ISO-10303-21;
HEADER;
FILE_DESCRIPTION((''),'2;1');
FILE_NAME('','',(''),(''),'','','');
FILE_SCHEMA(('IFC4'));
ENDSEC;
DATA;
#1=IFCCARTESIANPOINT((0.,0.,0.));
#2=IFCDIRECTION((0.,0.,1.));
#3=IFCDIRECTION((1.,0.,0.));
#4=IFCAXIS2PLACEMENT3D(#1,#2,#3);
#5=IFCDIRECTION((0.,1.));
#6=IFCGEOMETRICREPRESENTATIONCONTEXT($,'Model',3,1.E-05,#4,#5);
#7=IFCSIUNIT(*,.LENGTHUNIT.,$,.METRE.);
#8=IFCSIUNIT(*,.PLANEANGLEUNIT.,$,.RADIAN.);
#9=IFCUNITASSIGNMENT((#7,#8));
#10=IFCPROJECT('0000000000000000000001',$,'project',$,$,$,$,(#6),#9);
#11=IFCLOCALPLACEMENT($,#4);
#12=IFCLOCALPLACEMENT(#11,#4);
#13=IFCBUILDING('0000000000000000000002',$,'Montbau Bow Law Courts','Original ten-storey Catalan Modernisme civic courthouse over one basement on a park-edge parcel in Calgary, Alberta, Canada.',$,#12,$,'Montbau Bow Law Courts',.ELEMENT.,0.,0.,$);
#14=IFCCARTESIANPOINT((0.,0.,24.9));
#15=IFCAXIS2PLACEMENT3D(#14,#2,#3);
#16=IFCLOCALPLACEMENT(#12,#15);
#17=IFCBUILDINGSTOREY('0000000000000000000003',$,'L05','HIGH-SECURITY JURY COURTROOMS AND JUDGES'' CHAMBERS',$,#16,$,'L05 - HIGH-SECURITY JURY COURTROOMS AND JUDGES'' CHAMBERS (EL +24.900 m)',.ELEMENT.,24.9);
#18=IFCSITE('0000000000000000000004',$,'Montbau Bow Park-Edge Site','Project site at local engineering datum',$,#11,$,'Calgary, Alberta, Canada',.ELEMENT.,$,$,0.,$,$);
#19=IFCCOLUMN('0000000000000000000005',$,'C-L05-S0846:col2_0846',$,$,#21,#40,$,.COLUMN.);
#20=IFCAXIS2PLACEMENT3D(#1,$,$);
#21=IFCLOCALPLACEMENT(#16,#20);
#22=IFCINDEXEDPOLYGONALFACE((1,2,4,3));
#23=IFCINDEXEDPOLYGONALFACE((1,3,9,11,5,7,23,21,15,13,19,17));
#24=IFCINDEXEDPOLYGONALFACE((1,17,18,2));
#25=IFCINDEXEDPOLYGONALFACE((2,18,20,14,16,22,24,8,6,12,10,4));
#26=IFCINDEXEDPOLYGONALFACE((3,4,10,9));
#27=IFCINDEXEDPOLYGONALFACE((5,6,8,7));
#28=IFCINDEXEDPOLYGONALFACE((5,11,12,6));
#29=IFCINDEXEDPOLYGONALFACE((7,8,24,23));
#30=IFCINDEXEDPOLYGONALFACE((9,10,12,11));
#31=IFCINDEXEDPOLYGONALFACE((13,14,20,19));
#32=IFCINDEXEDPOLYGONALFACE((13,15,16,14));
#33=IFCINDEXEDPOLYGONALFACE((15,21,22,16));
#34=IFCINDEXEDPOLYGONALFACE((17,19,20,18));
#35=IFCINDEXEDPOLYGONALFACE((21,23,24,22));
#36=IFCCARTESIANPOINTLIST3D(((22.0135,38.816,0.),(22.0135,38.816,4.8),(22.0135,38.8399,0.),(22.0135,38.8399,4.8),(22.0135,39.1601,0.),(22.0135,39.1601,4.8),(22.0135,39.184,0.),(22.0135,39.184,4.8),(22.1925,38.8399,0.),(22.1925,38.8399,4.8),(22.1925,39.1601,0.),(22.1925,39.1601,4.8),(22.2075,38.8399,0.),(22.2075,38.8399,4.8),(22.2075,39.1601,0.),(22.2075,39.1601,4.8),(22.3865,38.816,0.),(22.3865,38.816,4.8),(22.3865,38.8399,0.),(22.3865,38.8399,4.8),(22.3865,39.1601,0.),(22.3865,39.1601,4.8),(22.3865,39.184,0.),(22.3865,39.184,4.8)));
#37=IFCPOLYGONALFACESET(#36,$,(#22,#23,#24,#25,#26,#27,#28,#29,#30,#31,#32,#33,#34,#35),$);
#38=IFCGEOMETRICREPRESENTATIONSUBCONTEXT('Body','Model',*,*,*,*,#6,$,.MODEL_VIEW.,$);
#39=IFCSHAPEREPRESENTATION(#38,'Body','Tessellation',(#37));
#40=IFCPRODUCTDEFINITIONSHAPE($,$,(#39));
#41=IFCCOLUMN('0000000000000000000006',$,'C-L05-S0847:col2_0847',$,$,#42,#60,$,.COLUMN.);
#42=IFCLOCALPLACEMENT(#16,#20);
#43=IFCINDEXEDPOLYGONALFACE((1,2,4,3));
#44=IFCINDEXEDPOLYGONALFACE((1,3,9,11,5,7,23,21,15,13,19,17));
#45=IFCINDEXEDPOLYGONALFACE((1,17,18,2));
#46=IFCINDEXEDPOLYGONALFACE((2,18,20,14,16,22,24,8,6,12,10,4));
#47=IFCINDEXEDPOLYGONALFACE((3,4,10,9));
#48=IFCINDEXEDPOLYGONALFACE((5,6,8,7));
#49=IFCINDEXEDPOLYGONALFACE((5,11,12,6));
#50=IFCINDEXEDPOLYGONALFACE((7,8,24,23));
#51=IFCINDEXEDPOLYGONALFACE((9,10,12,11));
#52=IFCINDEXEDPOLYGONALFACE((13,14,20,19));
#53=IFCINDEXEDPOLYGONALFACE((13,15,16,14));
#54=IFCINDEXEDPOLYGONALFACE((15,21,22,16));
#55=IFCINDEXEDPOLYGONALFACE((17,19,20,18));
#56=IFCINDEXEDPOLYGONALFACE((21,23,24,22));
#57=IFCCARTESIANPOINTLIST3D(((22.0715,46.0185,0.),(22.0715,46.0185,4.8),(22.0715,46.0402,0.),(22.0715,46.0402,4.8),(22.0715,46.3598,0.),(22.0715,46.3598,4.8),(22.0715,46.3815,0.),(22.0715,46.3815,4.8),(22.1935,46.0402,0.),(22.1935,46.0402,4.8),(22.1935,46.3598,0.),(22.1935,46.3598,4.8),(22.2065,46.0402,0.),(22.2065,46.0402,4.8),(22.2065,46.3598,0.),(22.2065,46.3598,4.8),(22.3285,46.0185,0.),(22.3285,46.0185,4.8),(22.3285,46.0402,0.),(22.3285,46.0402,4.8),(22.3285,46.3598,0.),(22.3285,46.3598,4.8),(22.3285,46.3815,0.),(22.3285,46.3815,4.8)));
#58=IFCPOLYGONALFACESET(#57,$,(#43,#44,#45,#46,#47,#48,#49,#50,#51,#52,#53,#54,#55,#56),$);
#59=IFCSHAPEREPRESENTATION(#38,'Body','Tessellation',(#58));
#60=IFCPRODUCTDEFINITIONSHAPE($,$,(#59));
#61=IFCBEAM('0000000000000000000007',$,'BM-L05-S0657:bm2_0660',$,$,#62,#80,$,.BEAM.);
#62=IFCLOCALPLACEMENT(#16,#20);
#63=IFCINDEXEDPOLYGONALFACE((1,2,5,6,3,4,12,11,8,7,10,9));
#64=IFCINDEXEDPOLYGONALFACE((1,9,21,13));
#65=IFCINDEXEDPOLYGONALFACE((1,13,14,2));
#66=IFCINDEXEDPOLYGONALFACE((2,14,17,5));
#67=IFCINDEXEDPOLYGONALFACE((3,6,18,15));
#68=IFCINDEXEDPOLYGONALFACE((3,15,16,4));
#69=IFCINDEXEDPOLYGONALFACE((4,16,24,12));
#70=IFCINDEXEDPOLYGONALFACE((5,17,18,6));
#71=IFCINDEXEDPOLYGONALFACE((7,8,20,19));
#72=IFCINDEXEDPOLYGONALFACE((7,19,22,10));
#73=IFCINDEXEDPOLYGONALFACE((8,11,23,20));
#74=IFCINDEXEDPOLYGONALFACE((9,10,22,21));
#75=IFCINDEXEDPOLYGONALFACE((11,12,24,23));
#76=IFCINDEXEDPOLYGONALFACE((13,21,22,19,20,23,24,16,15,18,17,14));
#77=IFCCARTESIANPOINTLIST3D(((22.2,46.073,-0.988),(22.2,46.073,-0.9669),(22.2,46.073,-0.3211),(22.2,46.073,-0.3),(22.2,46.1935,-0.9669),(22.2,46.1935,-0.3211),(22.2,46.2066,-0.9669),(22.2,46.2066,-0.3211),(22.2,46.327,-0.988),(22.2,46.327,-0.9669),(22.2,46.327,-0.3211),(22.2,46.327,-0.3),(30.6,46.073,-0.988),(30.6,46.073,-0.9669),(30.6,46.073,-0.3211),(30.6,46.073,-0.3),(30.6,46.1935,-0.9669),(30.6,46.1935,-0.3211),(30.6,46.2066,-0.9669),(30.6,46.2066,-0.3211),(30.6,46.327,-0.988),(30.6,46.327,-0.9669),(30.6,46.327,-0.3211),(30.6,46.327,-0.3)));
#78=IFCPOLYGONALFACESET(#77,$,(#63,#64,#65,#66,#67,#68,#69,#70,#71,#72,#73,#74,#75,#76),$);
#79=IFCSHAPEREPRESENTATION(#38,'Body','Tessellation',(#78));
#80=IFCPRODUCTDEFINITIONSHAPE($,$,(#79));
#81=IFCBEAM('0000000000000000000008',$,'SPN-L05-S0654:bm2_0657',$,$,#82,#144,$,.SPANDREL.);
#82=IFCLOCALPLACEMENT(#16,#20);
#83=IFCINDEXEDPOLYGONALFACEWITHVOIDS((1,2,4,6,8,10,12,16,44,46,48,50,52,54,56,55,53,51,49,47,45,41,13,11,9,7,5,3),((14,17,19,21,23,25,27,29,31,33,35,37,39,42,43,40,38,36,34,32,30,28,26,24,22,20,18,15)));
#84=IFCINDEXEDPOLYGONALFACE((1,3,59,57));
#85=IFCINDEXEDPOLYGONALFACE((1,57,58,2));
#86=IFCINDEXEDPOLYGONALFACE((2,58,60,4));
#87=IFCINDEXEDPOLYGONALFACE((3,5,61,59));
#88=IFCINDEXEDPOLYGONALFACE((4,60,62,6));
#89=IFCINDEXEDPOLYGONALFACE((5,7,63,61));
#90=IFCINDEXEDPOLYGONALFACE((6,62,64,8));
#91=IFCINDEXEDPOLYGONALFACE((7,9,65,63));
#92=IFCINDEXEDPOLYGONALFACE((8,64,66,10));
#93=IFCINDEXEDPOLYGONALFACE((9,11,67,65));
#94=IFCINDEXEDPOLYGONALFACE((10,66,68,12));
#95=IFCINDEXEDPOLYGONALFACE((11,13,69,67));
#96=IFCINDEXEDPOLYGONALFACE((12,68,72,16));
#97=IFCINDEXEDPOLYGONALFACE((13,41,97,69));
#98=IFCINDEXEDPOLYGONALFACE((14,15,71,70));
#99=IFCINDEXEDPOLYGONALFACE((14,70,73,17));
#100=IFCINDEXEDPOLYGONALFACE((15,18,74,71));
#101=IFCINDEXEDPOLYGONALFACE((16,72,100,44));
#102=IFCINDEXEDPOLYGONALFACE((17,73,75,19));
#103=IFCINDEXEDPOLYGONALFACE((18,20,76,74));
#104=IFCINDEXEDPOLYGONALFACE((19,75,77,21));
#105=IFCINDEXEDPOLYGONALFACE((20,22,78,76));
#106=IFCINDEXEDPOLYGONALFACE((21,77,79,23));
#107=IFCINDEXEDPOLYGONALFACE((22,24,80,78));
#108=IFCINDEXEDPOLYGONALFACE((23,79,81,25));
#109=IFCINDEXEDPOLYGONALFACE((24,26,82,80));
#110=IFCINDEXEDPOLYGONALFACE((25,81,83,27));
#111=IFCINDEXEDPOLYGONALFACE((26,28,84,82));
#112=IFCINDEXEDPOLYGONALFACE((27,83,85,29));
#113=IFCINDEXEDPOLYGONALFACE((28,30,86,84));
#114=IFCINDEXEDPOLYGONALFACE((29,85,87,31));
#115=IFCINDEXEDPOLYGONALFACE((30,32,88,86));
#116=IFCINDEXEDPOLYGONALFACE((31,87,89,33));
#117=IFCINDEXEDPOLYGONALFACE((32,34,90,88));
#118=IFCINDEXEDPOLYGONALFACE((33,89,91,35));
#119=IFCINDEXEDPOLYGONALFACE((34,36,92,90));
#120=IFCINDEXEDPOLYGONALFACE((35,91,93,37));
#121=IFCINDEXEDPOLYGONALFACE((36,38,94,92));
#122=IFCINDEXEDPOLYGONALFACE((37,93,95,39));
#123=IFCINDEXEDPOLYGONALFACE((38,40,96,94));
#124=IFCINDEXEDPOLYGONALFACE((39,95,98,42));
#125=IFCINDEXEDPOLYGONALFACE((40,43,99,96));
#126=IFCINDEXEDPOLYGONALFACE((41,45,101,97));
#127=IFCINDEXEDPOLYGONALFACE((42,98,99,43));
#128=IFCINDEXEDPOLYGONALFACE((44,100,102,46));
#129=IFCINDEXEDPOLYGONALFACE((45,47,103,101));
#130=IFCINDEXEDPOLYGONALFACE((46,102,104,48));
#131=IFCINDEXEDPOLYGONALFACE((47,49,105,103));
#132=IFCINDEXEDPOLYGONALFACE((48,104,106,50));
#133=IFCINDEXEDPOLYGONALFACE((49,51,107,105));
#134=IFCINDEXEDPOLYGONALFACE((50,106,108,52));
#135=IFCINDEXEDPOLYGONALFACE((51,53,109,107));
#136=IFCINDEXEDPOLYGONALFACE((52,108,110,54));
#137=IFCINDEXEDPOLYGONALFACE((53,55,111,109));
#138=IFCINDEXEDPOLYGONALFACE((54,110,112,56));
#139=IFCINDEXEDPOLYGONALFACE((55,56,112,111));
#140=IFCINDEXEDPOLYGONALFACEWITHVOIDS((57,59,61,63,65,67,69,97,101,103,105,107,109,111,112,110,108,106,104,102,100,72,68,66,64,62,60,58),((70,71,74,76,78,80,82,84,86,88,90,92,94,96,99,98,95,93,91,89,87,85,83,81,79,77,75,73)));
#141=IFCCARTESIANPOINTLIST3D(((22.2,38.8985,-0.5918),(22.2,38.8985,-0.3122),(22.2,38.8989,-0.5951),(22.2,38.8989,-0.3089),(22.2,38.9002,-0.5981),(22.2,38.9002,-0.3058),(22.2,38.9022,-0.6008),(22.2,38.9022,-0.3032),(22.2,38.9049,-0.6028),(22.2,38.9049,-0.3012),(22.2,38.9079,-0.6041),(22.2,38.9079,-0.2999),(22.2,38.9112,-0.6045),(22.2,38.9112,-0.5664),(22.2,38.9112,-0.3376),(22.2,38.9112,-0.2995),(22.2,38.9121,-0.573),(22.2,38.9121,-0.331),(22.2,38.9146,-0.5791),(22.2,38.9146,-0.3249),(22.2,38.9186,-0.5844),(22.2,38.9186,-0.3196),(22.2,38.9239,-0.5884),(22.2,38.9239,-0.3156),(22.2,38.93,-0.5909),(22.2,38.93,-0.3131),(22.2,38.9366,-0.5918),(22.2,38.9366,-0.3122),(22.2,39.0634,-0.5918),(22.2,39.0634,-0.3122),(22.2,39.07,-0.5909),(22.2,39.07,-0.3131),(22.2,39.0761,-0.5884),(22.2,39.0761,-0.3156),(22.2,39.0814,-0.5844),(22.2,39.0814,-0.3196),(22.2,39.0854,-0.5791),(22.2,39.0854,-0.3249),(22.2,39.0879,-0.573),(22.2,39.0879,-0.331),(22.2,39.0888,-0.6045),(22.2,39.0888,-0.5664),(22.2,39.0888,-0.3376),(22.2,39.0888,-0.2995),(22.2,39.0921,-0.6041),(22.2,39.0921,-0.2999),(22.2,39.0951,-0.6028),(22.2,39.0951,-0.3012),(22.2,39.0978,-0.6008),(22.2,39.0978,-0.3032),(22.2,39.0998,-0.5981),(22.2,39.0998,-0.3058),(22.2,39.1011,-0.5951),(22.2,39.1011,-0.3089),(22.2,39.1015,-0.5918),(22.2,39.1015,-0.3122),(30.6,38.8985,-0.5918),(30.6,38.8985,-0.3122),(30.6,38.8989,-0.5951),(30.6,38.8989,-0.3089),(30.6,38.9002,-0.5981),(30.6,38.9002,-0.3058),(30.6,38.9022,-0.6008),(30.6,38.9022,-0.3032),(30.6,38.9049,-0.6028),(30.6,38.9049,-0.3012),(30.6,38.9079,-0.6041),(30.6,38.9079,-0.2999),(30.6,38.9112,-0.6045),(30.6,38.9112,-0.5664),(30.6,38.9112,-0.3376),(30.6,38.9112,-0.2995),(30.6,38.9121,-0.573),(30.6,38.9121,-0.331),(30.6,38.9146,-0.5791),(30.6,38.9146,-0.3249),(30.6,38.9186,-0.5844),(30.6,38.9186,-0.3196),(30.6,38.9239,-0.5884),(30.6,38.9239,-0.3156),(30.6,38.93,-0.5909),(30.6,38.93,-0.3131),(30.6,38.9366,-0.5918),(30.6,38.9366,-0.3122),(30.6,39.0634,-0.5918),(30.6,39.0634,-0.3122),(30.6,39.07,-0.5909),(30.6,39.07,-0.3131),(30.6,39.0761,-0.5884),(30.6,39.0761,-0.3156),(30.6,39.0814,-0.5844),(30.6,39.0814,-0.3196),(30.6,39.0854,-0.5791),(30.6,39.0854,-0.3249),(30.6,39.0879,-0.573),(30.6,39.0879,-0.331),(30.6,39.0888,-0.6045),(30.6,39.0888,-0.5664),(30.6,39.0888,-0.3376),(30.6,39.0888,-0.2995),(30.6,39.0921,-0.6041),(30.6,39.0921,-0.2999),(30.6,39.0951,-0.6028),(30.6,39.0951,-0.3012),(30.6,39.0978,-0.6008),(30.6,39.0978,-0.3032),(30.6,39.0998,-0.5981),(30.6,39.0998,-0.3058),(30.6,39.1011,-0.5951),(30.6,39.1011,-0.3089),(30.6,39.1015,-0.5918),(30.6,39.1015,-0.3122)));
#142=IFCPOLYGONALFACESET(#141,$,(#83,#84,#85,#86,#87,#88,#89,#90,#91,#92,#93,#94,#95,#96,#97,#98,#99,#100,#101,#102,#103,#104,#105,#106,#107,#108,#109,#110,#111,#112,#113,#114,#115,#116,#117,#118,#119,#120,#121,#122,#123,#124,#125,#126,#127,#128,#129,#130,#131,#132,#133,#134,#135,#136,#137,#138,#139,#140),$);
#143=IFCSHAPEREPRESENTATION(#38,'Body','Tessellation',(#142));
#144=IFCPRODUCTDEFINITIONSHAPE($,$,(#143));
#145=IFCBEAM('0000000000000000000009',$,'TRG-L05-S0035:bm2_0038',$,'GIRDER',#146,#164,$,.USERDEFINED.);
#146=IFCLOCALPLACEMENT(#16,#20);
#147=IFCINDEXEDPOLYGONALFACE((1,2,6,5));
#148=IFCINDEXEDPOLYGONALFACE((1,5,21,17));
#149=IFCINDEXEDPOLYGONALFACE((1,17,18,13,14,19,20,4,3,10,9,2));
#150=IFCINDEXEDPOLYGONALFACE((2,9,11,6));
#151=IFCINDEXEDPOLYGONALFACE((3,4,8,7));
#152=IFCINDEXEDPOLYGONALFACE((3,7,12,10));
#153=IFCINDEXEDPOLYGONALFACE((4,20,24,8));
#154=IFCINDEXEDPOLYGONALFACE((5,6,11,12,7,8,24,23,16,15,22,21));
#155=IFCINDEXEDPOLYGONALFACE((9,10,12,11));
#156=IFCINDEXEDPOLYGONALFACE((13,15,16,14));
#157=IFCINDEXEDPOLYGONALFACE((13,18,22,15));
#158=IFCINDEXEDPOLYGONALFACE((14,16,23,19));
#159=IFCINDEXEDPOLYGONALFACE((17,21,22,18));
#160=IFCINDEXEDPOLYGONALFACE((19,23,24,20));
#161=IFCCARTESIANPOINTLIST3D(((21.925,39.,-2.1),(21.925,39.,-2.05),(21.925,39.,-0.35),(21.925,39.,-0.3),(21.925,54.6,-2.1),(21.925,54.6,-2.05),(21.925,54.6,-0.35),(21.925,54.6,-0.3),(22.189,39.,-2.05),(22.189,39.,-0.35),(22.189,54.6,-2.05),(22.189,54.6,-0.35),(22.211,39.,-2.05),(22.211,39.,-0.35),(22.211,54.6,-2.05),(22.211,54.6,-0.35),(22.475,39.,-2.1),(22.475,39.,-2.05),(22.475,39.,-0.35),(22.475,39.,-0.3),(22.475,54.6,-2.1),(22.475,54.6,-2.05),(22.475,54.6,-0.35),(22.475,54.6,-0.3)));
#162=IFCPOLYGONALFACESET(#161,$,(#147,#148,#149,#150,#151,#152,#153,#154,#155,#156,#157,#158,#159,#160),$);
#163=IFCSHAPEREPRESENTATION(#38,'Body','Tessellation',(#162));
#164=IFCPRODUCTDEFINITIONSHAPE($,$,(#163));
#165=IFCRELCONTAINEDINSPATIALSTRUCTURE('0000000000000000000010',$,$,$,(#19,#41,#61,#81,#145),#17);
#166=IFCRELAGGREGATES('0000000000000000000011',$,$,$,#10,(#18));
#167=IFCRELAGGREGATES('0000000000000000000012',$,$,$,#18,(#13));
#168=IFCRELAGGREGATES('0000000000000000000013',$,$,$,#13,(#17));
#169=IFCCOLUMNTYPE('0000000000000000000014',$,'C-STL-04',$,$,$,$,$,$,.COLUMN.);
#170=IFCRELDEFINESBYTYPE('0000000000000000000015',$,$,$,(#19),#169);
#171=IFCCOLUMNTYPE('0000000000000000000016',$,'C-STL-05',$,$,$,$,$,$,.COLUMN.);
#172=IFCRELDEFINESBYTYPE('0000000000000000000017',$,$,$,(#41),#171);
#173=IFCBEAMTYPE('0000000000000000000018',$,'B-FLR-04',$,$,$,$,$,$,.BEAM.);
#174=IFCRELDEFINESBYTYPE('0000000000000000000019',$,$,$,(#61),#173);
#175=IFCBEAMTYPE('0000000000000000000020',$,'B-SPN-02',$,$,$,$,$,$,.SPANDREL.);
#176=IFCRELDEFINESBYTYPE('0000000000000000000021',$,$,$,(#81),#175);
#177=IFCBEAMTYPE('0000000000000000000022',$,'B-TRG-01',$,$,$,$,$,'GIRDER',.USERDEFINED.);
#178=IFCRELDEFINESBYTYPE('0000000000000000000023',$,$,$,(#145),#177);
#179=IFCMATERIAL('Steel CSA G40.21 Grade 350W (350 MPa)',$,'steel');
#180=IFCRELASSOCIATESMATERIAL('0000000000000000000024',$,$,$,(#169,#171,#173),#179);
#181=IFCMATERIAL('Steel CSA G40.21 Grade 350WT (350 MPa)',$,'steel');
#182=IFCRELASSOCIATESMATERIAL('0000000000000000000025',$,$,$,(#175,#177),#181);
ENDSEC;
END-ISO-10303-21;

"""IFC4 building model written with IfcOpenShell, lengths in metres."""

from ifc_helpers import new_model, si_unit, direction, frame, origin_with_axes, origin_2d_with_axis, place, context, subcontext, project, spatial, hollow_rectangle, i_section, extrude, material, material_profile, profile_set, type_object, element, save


model = new_model("IFC4")

# Units and contexts
model_context = context("Model", 3, precision=1e-05, world=origin_with_axes(), true_north=direction((0.0, 1.0)))
body_context = subcontext(model_context, "Body", "Model", "MODEL_VIEW")
ifc_project = project(units=[si_unit("LENGTHUNIT", "METRE"), si_unit("PLANEANGLEUNIT", "RADIAN")], contexts=[model_context])

# Site, building, storey
site_placement = place(None, origin_with_axes())
site = spatial("IfcSite", under=ifc_project, at=site_placement, Name="Montbau Bow Park-Edge Site", Description="Project site at local engineering datum", LongName="Calgary, Alberta, Canada", CompositionType="ELEMENT", RefElevation=0.0)
building_placement = place(site_placement, origin_with_axes())
building = spatial("IfcBuilding", under=site, at=building_placement, Name="Montbau Bow Law Courts", Description="Original ten-storey Catalan Modernisme civic courthouse over one basement on a park-edge parcel in Calgary, Alberta, Canada.", LongName="Montbau Bow Law Courts", CompositionType="ELEMENT", ElevationOfRefHeight=0.0, ElevationOfTerrain=0.0)
storey_placement = place(building_placement, frame((0.0, 0.0, 24.9), z_axis=(0.0, 0.0, 1.0), x_axis=(1.0, 0.0, 0.0)))
storey = spatial("IfcBuildingStorey", under=building, at=storey_placement, Name="L05", Description="HIGH-SECURITY JURY COURTROOMS AND JUDGES' CHAMBERS", LongName="L05 - HIGH-SECURITY JURY COURTROOMS AND JUDGES' CHAMBERS (EL +24.900 m)", CompositionType="ELEMENT", Elevation=24.9)

# Columns
ifc_material_1 = material(Name="Steel CSA G40.21 Grade 350W (350 MPa)", Category="steel")
ifc_material_profile_1 = material_profile(ifc_material_1, i_section(OverallWidth=0.373, OverallDepth=0.368, WebThickness=0.015, FlangeThickness=0.0239, at=origin_2d_with_axis()), Name="W360X179", Category="Main", Priority=0)
ifc_profile_set_1 = profile_set([ifc_material_profile_1], Name="Steel CSA G40.21 Grade 350W (350 MPa)")
column_type_1 = type_object("IfcColumnType", Name="C-STL-04", PredefinedType="COLUMN", material=ifc_profile_set_1)
column_1_placement = place(None, frame((22.2, 39.0, 24.9), z_axis=(0.0, 0.0, 1.0), x_axis=(1.0, 0.0, 0.0)))
element("IfcColumn", 1, at=column_1_placement, inside=storey, type_object=column_type_1, Name="C-L05-S0846:col2_0846", PredefinedType="COLUMN", context=body_context, shape_type="SweptSolid", body=[
    extrude(i_section(OverallWidth=0.373, OverallDepth=0.368, WebThickness=0.015, FlangeThickness=0.0239, at=origin_2d_with_axis()), origin_with_axes(), (0.0, 0.0, 1.0), 4.8),
])
ifc_material_profile_2 = material_profile(ifc_material_1, i_section(OverallWidth=0.257, OverallDepth=0.363, WebThickness=0.013, FlangeThickness=0.0217, at=origin_2d_with_axis()), Name="W360X122", Category="Main", Priority=0)
ifc_profile_set_2 = profile_set([ifc_material_profile_2], Name="Steel CSA G40.21 Grade 350W (350 MPa)")
column_type_2 = type_object("IfcColumnType", Name="C-STL-05", PredefinedType="COLUMN", material=ifc_profile_set_2)
column_2_placement = place(None, frame((22.2, 46.2, 24.9), z_axis=(0.0, 0.0, 1.0), x_axis=(1.0, 0.0, 0.0)))
element("IfcColumn", 2, at=column_2_placement, inside=storey, type_object=column_type_2, Name="C-L05-S0847:col2_0847", PredefinedType="COLUMN", context=body_context, shape_type="SweptSolid", body=[
    extrude(i_section(OverallWidth=0.257, OverallDepth=0.363, WebThickness=0.013, FlangeThickness=0.0217, at=origin_2d_with_axis()), origin_with_axes(), (0.0, 0.0, 1.0), 4.8),
])

# Beams
ifc_material_profile_3 = material_profile(ifc_material_1, i_section(OverallWidth=0.254, OverallDepth=0.688, WebThickness=0.0131, FlangeThickness=0.0211, at=origin_2d_with_axis()), Name="W690X152", Category="Main", Priority=0)
ifc_profile_set_3 = profile_set([ifc_material_profile_3], Name="Steel CSA G40.21 Grade 350W (350 MPa)")
beam_type_1 = type_object("IfcBeamType", Name="B-FLR-04", PredefinedType="BEAM", material=ifc_profile_set_3)
beam_1_placement = place(None, frame((22.2, 46.2, 24.256), z_axis=(1.0, 0.0, 0.0), x_axis=(0.0, 1.0, 0.0)))
element("IfcBeam", 3, at=beam_1_placement, inside=storey, type_object=beam_type_1, Name="BM-L05-S0657:bm2_0660", PredefinedType="BEAM", context=body_context, shape_type="SweptSolid", body=[
    extrude(i_section(OverallWidth=0.254, OverallDepth=0.688, WebThickness=0.0131, FlangeThickness=0.0211, at=origin_2d_with_axis()), origin_with_axes(), (0.0, 0.0, 1.0), 8.4),
])
ifc_material_2 = material(Name="Steel CSA G40.21 Grade 350WT (350 MPa)", Category="steel")
ifc_material_profile_4 = material_profile(ifc_material_2, hollow_rectangle(XDim=0.203, YDim=0.305, WallThickness=0.0127, InnerFilletRadius=0.0254, OuterFilletRadius=0.0127, at=origin_2d_with_axis()), Name="HSS305X203X13", Category="Main", Priority=0)
ifc_profile_set_4 = profile_set([ifc_material_profile_4], Name="Steel CSA G40.21 Grade 350WT (350 MPa)")
beam_type_2 = type_object("IfcBeamType", Name="B-SPN-02", PredefinedType="SPANDREL", material=ifc_profile_set_4)
beam_2_placement = place(None, frame((22.2, 39.0, 24.448), z_axis=(1.0, 0.0, 0.0), x_axis=(0.0, 1.0, 0.0)))
element("IfcBeam", 4, at=beam_2_placement, inside=storey, type_object=beam_type_2, Name="SPN-L05-S0654:bm2_0657", PredefinedType="SPANDREL", context=body_context, shape_type="SweptSolid", body=[
    extrude(hollow_rectangle(XDim=0.203, YDim=0.305, WallThickness=0.0127, InnerFilletRadius=0.0254, OuterFilletRadius=0.0127, at=origin_2d_with_axis()), origin_with_axes(), (0.0, 0.0, 1.0), 8.4),
])
ifc_material_profile_5 = material_profile(ifc_material_2, i_section(OverallWidth=0.55, OverallDepth=1.8, WebThickness=0.022, FlangeThickness=0.05, at=origin_2d_with_axis()), Name="WWF1800X550", Category="Main", Priority=0)
ifc_profile_set_5 = profile_set([ifc_material_profile_5], Name="Steel CSA G40.21 Grade 350WT (350 MPa)")
beam_type_3 = type_object("IfcBeamType", Name="B-TRG-01", ElementType="GIRDER", PredefinedType="USERDEFINED", material=ifc_profile_set_5)
beam_3_placement = place(None, frame((22.2, 39.0, 23.7), z_axis=(0.0, 1.0, 0.0), x_axis=(-1.0, 0.0, 0.0)))
element("IfcBeam", 5, at=beam_3_placement, inside=storey, type_object=beam_type_3, Name="TRG-L05-S0035:bm2_0038", ObjectType="GIRDER", PredefinedType="USERDEFINED", context=body_context, shape_type="SweptSolid", body=[
    extrude(i_section(OverallWidth=0.55, OverallDepth=1.8, WebThickness=0.022, FlangeThickness=0.05, at=origin_2d_with_axis()), origin_with_axes(), (0.0, 0.0, 1.0), 15.6),
])

save(model, "model.ifc")
